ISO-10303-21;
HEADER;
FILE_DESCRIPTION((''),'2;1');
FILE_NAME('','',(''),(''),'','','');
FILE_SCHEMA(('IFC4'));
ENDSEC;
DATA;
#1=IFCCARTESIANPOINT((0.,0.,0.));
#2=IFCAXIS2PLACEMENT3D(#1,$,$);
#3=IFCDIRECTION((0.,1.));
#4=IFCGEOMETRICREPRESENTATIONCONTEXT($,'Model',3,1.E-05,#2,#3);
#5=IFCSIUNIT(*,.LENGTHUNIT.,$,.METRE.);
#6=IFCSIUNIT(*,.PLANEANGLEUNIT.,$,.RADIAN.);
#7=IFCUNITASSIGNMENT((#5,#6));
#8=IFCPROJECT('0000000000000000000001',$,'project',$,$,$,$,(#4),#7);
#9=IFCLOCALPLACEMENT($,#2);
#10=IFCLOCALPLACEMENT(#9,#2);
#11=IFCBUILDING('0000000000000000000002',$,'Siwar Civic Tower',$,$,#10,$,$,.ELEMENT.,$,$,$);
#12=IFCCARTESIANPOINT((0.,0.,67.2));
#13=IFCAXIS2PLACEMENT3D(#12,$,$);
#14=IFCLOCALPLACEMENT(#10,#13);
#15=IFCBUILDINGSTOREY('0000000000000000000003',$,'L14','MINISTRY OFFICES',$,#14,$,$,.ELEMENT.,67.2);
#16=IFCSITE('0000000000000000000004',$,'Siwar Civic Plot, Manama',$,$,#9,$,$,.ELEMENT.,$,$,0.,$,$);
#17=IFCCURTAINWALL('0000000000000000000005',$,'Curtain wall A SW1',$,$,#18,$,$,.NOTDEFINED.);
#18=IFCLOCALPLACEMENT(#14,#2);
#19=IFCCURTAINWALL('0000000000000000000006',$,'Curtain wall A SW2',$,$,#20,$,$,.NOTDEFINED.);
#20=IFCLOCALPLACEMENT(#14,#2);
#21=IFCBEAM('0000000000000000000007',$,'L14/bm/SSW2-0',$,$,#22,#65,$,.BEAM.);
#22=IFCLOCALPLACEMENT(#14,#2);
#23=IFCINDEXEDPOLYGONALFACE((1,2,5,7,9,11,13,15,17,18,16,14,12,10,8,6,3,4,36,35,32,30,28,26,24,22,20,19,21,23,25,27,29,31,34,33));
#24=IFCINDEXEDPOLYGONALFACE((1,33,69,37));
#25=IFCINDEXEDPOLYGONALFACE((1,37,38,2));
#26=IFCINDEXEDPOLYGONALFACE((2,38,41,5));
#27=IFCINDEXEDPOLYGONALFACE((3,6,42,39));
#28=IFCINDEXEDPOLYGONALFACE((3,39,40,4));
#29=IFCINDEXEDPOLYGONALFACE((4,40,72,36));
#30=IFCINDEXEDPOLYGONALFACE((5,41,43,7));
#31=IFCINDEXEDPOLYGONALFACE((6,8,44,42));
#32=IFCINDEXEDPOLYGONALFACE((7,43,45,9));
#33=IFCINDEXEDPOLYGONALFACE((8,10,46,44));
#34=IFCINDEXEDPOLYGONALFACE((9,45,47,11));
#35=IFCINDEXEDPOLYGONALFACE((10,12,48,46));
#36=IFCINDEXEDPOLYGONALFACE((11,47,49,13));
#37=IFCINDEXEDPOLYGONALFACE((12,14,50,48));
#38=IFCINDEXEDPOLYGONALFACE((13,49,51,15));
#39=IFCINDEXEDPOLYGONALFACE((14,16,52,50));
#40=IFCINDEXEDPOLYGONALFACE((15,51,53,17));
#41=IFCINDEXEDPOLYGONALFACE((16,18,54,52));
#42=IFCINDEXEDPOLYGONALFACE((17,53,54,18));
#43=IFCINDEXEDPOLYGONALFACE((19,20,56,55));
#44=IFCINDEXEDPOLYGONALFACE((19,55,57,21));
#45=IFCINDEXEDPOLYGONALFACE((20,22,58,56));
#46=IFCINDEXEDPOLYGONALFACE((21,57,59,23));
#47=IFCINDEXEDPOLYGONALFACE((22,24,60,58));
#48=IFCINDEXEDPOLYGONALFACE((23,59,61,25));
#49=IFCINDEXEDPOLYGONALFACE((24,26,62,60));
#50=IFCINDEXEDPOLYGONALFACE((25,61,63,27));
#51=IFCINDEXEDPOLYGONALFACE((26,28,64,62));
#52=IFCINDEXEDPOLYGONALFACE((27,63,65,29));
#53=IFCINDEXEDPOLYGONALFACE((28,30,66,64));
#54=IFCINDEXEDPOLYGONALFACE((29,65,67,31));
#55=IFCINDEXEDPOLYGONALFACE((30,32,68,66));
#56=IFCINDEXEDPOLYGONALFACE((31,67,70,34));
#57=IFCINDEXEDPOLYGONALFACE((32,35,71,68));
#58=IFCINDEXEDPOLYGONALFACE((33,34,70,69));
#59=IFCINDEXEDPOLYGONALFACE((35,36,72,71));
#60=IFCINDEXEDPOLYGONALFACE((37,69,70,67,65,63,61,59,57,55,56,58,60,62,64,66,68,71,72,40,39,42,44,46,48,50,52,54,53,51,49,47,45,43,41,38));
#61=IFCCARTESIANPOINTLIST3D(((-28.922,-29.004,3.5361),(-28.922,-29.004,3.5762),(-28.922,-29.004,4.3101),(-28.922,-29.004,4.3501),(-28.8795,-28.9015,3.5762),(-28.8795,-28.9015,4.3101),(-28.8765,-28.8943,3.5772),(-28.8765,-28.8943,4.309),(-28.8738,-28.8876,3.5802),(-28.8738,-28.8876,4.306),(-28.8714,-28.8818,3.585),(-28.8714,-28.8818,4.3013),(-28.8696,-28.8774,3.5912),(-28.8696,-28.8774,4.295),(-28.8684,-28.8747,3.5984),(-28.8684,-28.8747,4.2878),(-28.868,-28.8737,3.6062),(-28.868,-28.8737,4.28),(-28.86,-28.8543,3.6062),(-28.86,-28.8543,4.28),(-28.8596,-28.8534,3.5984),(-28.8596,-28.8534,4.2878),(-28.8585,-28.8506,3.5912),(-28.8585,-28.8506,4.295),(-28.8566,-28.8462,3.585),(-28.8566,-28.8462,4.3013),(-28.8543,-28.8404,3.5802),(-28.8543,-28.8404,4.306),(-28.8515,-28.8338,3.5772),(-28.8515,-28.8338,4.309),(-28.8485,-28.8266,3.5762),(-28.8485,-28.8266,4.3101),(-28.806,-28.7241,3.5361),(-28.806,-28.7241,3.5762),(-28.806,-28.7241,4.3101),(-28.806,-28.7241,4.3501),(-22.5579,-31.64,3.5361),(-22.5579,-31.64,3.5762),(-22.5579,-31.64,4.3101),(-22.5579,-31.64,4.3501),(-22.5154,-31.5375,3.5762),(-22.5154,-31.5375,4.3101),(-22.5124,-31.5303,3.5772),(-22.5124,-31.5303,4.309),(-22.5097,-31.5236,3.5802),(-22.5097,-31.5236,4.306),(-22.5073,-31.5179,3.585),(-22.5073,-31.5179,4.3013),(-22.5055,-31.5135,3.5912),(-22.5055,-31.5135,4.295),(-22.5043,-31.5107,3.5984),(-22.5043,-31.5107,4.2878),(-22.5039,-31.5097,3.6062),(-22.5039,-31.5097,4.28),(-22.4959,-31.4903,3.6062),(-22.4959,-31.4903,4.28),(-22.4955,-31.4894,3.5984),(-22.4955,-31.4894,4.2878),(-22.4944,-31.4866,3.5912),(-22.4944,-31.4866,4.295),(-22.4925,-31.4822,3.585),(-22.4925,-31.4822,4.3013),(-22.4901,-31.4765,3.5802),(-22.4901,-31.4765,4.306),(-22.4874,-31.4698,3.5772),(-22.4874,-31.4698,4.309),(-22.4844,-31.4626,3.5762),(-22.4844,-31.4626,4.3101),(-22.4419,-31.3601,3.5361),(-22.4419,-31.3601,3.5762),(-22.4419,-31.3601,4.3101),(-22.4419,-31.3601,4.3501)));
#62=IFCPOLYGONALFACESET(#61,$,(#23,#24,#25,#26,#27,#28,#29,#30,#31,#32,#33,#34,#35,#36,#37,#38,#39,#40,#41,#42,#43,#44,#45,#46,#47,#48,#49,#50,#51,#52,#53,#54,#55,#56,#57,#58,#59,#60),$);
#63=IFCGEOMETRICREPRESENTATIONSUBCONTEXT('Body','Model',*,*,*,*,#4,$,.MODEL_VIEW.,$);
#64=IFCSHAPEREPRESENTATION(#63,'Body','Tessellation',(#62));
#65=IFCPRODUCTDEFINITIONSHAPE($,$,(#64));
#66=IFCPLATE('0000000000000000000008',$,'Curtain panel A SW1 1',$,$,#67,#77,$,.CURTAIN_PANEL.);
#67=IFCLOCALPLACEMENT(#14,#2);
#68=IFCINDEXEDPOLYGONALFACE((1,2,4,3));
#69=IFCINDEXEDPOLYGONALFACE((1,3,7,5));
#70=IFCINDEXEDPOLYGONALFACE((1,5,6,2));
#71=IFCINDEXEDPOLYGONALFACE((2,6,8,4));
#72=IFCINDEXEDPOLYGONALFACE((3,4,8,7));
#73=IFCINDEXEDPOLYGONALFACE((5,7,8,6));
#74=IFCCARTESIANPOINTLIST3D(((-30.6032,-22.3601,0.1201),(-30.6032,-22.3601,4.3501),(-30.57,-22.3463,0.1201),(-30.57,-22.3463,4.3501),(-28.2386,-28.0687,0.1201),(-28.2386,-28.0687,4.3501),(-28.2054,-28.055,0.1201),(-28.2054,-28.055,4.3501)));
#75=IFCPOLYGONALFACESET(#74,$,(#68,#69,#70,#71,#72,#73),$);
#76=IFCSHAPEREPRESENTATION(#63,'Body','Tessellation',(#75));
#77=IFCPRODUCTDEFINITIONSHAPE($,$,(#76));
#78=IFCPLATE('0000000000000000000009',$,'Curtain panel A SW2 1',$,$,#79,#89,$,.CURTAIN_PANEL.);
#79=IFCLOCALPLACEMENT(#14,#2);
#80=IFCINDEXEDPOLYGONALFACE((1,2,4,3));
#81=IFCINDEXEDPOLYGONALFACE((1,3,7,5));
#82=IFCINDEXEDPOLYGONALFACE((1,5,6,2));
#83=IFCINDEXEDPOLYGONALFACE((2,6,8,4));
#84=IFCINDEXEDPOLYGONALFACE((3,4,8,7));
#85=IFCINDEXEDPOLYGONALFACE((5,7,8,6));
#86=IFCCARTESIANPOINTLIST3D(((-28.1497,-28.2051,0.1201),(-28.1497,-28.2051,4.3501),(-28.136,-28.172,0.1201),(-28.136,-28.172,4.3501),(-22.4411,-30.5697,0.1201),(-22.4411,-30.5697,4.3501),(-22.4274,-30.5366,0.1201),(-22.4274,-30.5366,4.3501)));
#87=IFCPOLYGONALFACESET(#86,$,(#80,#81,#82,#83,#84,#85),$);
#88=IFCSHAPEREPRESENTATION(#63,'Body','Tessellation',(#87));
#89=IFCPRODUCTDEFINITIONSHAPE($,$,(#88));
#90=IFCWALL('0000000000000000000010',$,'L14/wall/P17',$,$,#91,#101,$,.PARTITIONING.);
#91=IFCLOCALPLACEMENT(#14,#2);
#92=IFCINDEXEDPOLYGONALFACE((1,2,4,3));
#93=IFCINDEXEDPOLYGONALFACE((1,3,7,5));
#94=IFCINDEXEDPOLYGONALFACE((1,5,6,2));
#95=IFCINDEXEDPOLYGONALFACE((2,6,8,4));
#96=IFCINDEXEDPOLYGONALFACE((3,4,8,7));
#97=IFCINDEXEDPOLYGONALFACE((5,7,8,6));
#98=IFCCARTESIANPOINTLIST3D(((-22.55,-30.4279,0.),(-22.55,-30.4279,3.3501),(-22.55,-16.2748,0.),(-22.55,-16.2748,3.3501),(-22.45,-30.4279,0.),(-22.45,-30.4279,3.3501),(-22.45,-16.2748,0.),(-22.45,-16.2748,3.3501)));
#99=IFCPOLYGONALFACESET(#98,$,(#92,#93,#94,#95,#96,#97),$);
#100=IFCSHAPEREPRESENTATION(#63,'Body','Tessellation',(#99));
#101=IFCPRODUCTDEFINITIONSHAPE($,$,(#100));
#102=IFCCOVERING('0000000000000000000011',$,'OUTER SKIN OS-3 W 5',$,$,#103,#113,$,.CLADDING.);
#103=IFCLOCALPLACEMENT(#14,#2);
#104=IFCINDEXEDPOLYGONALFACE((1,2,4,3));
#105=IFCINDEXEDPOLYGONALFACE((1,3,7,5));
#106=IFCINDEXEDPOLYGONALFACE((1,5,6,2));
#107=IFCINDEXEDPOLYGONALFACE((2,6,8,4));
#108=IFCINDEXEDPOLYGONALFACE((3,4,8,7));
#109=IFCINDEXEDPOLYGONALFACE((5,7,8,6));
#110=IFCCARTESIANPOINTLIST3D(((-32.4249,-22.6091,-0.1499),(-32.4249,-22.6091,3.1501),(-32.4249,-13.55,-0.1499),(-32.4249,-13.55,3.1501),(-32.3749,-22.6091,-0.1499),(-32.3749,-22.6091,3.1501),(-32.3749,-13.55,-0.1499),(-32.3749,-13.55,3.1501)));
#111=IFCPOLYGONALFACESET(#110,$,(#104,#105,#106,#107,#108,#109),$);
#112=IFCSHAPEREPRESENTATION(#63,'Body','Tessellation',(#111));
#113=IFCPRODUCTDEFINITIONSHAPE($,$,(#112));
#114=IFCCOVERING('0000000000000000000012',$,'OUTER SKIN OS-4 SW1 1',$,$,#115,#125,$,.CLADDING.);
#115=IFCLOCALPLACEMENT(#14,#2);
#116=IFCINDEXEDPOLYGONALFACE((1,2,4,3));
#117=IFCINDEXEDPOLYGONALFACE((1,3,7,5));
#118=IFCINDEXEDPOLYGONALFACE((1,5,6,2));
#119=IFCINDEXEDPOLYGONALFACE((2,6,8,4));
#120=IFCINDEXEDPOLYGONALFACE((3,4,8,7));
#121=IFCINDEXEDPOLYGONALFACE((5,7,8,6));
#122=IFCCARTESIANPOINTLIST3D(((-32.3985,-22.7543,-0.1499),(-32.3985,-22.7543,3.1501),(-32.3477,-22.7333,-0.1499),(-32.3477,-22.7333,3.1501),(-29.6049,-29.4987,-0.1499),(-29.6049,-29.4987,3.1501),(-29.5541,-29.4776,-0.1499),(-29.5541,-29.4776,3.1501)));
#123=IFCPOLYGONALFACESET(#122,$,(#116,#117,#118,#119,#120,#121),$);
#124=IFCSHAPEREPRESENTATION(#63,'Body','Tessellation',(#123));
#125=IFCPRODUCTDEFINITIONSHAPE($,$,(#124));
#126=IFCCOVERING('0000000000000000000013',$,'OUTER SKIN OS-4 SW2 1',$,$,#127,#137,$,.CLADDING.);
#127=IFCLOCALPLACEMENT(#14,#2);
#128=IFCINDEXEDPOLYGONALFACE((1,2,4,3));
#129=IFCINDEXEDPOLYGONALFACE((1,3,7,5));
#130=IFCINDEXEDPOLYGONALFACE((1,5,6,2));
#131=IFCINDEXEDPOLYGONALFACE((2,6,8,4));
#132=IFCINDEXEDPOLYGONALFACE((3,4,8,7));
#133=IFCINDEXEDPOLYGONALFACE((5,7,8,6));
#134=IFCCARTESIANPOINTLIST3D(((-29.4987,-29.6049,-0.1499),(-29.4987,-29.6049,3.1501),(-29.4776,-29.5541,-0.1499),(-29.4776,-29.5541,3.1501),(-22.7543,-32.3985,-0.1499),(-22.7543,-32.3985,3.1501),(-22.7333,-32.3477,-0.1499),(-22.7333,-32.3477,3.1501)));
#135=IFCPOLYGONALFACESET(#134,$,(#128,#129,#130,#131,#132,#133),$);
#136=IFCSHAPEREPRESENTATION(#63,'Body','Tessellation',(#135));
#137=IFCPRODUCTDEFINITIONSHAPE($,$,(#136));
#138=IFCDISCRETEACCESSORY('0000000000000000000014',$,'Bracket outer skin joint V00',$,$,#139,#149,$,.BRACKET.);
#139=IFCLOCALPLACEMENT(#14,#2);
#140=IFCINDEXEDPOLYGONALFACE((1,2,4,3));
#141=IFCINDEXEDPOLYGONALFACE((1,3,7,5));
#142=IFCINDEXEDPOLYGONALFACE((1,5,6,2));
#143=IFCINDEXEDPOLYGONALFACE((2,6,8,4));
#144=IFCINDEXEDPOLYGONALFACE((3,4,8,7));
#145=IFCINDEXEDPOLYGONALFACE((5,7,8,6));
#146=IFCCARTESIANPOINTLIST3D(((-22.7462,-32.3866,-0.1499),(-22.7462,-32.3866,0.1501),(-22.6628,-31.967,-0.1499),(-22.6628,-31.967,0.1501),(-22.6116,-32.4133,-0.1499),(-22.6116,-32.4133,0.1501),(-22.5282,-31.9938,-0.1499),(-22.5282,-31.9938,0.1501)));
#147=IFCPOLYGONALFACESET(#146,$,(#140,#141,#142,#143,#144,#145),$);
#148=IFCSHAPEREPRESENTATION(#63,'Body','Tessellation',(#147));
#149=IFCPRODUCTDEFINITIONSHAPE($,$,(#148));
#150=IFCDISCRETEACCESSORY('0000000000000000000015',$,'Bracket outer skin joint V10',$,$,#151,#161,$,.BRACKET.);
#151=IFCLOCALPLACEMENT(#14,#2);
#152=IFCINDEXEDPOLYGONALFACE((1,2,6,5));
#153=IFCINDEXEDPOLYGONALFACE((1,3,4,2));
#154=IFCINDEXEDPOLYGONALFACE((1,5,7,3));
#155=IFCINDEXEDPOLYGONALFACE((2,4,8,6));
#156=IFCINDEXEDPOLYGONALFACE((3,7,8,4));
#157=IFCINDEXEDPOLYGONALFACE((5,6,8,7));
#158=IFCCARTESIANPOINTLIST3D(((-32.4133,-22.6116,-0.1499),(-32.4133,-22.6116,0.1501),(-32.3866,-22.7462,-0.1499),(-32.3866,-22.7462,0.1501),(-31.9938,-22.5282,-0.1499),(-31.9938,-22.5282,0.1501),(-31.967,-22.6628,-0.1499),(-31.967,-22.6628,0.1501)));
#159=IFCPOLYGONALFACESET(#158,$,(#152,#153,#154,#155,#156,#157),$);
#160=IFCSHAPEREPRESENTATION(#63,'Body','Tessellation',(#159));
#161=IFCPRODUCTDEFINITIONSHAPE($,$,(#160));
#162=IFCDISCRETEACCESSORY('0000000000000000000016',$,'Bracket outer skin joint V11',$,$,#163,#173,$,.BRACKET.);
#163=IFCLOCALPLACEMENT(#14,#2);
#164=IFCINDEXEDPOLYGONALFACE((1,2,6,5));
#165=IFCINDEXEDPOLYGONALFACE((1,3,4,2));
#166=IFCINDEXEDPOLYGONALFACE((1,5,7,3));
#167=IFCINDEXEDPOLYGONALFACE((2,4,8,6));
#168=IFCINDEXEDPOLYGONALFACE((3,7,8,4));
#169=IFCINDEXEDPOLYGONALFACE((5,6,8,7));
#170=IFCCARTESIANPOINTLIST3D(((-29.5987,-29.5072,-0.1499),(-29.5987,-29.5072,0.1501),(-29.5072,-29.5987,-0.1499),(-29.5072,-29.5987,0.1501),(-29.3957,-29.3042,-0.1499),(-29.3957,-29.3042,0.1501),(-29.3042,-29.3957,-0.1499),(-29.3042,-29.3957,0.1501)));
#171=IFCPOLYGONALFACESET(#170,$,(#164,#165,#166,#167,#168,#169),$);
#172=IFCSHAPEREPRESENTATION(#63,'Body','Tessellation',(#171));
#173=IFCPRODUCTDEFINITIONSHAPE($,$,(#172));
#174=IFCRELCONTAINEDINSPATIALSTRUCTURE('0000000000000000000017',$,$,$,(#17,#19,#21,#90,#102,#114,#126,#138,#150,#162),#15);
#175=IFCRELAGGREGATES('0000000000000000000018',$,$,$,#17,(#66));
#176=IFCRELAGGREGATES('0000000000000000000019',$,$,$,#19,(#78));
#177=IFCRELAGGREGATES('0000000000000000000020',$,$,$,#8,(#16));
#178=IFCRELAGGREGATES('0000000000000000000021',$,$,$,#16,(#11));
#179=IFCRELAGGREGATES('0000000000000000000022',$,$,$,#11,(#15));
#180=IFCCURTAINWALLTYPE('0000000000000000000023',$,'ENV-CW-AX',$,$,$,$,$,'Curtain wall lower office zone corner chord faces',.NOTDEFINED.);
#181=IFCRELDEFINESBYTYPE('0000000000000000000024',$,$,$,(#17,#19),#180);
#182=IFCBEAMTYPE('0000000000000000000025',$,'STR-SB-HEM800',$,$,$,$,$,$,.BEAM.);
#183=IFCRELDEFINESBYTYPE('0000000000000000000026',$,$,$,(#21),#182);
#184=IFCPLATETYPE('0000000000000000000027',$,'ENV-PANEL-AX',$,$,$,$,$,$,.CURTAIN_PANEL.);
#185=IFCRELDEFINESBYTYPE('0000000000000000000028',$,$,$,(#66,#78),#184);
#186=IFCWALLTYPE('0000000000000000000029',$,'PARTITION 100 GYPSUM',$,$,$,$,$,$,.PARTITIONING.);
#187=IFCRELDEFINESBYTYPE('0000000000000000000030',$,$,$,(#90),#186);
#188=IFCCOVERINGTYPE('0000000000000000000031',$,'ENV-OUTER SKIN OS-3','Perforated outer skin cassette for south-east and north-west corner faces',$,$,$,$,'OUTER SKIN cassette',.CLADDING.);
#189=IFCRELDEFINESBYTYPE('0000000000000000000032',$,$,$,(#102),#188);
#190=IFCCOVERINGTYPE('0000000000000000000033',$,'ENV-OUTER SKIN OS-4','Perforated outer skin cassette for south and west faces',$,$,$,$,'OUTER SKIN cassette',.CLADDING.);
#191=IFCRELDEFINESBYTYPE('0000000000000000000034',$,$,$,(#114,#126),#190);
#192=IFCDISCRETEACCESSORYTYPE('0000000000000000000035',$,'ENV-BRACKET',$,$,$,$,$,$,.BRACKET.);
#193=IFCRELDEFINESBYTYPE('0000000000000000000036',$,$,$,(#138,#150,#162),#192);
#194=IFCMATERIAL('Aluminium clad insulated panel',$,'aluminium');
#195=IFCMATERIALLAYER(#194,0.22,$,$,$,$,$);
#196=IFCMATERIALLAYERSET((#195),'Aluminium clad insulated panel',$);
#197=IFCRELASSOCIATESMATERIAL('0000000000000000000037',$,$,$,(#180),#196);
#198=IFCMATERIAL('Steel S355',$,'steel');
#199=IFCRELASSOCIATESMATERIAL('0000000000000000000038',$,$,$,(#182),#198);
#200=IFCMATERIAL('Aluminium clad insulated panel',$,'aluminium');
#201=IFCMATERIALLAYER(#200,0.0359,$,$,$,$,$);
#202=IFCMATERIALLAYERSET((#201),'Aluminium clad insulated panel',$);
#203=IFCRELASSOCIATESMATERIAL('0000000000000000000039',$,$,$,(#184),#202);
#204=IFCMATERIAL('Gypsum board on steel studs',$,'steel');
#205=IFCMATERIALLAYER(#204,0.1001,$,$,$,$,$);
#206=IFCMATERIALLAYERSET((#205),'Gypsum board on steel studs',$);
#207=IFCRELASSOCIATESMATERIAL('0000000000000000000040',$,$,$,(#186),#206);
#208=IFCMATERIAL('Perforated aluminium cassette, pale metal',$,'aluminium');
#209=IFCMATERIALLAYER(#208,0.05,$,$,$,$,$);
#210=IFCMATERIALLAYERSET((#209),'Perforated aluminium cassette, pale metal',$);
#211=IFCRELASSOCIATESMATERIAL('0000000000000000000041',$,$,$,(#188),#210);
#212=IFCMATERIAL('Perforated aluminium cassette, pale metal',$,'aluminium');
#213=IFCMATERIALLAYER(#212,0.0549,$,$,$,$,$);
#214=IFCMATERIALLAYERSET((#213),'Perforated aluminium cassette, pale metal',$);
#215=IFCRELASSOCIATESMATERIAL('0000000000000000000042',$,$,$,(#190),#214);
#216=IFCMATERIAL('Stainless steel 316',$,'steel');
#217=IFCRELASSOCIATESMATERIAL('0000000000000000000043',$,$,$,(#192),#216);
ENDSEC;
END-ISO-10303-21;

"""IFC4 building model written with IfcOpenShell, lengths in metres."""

from ifc_helpers import new_model, si_unit, direction, frame, frame_2d, origin, origin_2d, place, context, subcontext, project, spatial, rectangle, i_section, extrude, material, layer, layer_set, material_profile, profile_set, type_object, element, aggregate, save


model = new_model("IFC4")

# Units and contexts
model_context = context("Model", 3, precision=1e-05, world=origin(), true_north=direction((0.0, 1.0)))
body_context = subcontext(model_context, "Body", "Model", "MODEL_VIEW")
ifc_project = project(units=[si_unit("LENGTHUNIT", "METRE"), si_unit("PLANEANGLEUNIT", "RADIAN")], contexts=[model_context])

# Site, building, storey
site_placement = place(None, origin())
site = spatial("IfcSite", under=ifc_project, at=site_placement, Name="Siwar Civic Plot, Manama", CompositionType="ELEMENT", RefElevation=0.0)
building_placement = place(site_placement, origin())
building = spatial("IfcBuilding", under=site, at=building_placement, Name="Siwar Civic Tower", CompositionType="ELEMENT")
storey_placement = place(building_placement, frame((0.0, 0.0, 67.2)))
storey = spatial("IfcBuildingStorey", under=building, at=storey_placement, Name="L14", Description="MINISTRY OFFICES", CompositionType="ELEMENT", Elevation=67.2)

# Curtain walls
ifc_material_1 = material(Name="Aluminium clad insulated panel", Category="aluminium")
ifc_layer_1 = layer(ifc_material_1, 0.22)
ifc_layer_set_1 = layer_set([ifc_layer_1], Name="Aluminium clad insulated panel")
curtain_wall_type = type_object("IfcCurtainWallType", Name="ENV-CW-AX", ElementType="Curtain wall lower office zone corner chord faces", PredefinedType="NOTDEFINED", material=ifc_layer_set_1)
curtain_wall_1_placement = place(storey_placement, origin())
curtain_wall_1 = element("IfcCurtainWall", 1, at=curtain_wall_1_placement, inside=storey, type_object=curtain_wall_type, Name="Curtain wall A SW1", PredefinedType="NOTDEFINED")
curtain_wall_2_placement = place(storey_placement, origin())
curtain_wall_2 = element("IfcCurtainWall", 2, at=curtain_wall_2_placement, inside=storey, type_object=curtain_wall_type, Name="Curtain wall A SW2", PredefinedType="NOTDEFINED")

# Beam
ifc_material_2 = material(Name="Steel S355", Category="steel")
ifc_material_profile_1 = material_profile(ifc_material_2, i_section(OverallWidth=0.303, OverallDepth=0.814, WebThickness=0.021, FlangeThickness=0.04, FilletRadius=0.03, at=origin_2d()), Name="HEM800")
ifc_profile_set_1 = profile_set([ifc_material_profile_1], Name="Steel S355")
beam_type_1 = type_object("IfcBeamType", Name="STR-SB-HEM800", PredefinedType="BEAM", material=ifc_profile_set_1)
for number, where, z_axis, x_axis, name in (
    (3, (-28.864, -28.864, 3.9431), (0.923883, -0.382674, 0.0), (0.382674, 0.923883, 0.0), "L14/bm/SSW2-0"),
):
    element("IfcBeam", number, at=place(storey_placement, frame(where, z_axis=z_axis, x_axis=x_axis)), inside=storey, type_object=beam_type_1, Name=name, PredefinedType="BEAM", context=body_context, shape_type="SweptSolid", body=[
        extrude(i_section(OverallWidth=0.303, OverallDepth=0.814, WebThickness=0.021, FlangeThickness=0.04, FilletRadius=0.03, at=origin_2d()), origin(), (0.0, 0.0, 1.0), 6.8884),
    ])

# Plates
ifc_material_3 = material(Name="Aluminium clad insulated panel", Category="aluminium")
ifc_layer_2 = layer(ifc_material_3, 0.0359)
ifc_layer_set_2 = layer_set([ifc_layer_2], Name="Aluminium clad insulated panel")
plate_type = type_object("IfcPlateType", Name="ENV-PANEL-AX", PredefinedType="CURTAIN_PANEL", material=ifc_layer_set_2)
plate_1_placement = place(storey_placement, frame((-29.4043, -25.2075, 0.1201), z_axis=(0.0, 0.0, 1.0), x_axis=(0.382683, -0.92388, 0.0)))
plate_1 = element("IfcPlate", 4, at=plate_1_placement, type_object=plate_type, Name="Curtain panel A SW1 1", PredefinedType="CURTAIN_PANEL", context=body_context, shape_type="SweptSolid", body=[
    extrude(rectangle(XDim=6.179, YDim=0.0359, at=origin_2d()), origin(), (0.0, 0.0, 1.0), 4.23),
])
aggregate(curtain_wall_1, [plate_1])
plate_2_placement = place(storey_placement, frame((-25.2886, -29.3708, 0.1201), z_axis=(0.0, 0.0, 1.0), x_axis=(0.92388, -0.382683, 0.0)))
plate_2 = element("IfcPlate", 5, at=plate_2_placement, type_object=plate_type, Name="Curtain panel A SW2 1", PredefinedType="CURTAIN_PANEL", context=body_context, shape_type="SweptSolid", body=[
    extrude(rectangle(XDim=6.179, YDim=0.0359, at=origin_2d()), origin(), (0.0, 0.0, 1.0), 4.23),
])
aggregate(curtain_wall_2, [plate_2])

# Wall
ifc_material_4 = material(Name="Gypsum board on steel studs", Category="steel")
ifc_layer_3 = layer(ifc_material_4, 0.1001)
ifc_layer_set_3 = layer_set([ifc_layer_3], Name="Gypsum board on steel studs")
wall_type = type_object("IfcWallType", Name="PARTITION 100 GYPSUM", PredefinedType="PARTITIONING", material=ifc_layer_set_3)
wall_placement = place(storey_placement, frame((-22.5, -30.428, 0.0), z_axis=(0.0, 0.0, 1.0), x_axis=(0.0, 1.0, 0.0)))
element("IfcWall", 6, at=wall_placement, inside=storey, type_object=wall_type, Name="L14/wall/P17", PredefinedType="PARTITIONING", context=body_context, shape_type="SweptSolid", body=[
    extrude(rectangle(XDim=14.1531, YDim=0.1001, at=frame_2d((7.0767, 0.0))), origin(), (0.0, 0.0, 1.0), 3.3501),
])

# Coverings
ifc_material_5 = material(Name="Perforated aluminium cassette, pale metal", Category="aluminium")
ifc_layer_4 = layer(ifc_material_5, 0.05)
ifc_layer_set_4 = layer_set([ifc_layer_4], Name="Perforated aluminium cassette, pale metal")
covering_type_1 = type_object("IfcCoveringType", Name="ENV-OUTER SKIN OS-3", Description="Perforated outer skin cassette for south-east and north-west corner faces", ElementType="OUTER SKIN cassette", PredefinedType="CLADDING", material=ifc_layer_set_4)
covering_placement = place(storey_placement, frame((-32.3999, -18.0796, -0.1499), z_axis=(0.0, 0.0, 1.0), x_axis=(0.0, -1.0, 0.0)))
element("IfcCovering", 7, at=covering_placement, inside=storey, type_object=covering_type_1, Name="OUTER SKIN OS-3 W 5", PredefinedType="CLADDING", context=body_context, shape_type="SweptSolid", body=[
    extrude(rectangle(XDim=9.0591, YDim=0.05, at=origin_2d()), origin(), (0.0, 0.0, 1.0), 3.3),
])
ifc_material_6 = material(Name="Perforated aluminium cassette, pale metal", Category="aluminium")
ifc_layer_5 = layer(ifc_material_6, 0.0549)
ifc_layer_set_5 = layer_set([ifc_layer_5], Name="Perforated aluminium cassette, pale metal")
covering_type_2 = type_object("IfcCoveringType", Name="ENV-OUTER SKIN OS-4", Description="Perforated outer skin cassette for south and west faces", ElementType="OUTER SKIN cassette", PredefinedType="CLADDING", material=ifc_layer_set_5)
for number, where, z_axis, x_axis, name in (
    (8, (-30.9763, -26.116, -0.1499), (0.0, 0.0, 1.0), (0.382683, -0.92388, 0.0), "OUTER SKIN OS-4 SW1 1"),
    (9, (-26.116, -30.9763, -0.1499), (0.0, 0.0, 1.0), (0.92388, -0.382683, 0.0), "OUTER SKIN OS-4 SW2 1"),
):
    element("IfcCovering", number, at=place(storey_placement, frame(where, z_axis=z_axis, x_axis=x_axis)), inside=storey, type_object=covering_type_2, Name=name, PredefinedType="CLADDING", context=body_context, shape_type="SweptSolid", body=[
        extrude(rectangle(XDim=7.3, YDim=0.0549, at=origin_2d()), origin(), (0.0, 0.0, 1.0), 3.3),
    ])

# Discrete accessories
ifc_material_7 = material(Name="Stainless steel 316", Category="steel")
discrete_accessory_type = type_object("IfcDiscreteAccessoryType", Name="ENV-BRACKET", PredefinedType="BRACKET", material=ifc_material_7)
for number, where, z_axis, x_axis, name in (
    (10, (-22.6372, -32.1902, -0.1499), (0.0, 0.0, 1.0), (-0.19509, -0.980785, 0.0), "Bracket outer skin joint V00"),
    (11, (-32.1902, -22.6372, -0.1499), (0.0, 0.0, 1.0), (-0.980785, -0.19509, 0.0), "Bracket outer skin joint V10"),
):
    element("IfcDiscreteAccessory", number, at=place(storey_placement, frame(where, z_axis=z_axis, x_axis=x_axis)), inside=storey, type_object=discrete_accessory_type, Name=name, PredefinedType="BRACKET", context=body_context, shape_type="SweptSolid", body=[
        extrude(rectangle(XDim=0.4277, YDim=0.1372, at=origin_2d()), origin(), (0.0, 0.0, 1.0), 0.3),
    ])
discrete_accessory_placement = place(storey_placement, frame((-29.4514, -29.4514, -0.1499), z_axis=(0.0, 0.0, 1.0), x_axis=(-0.707107, -0.707107, 0.0)))
element("IfcDiscreteAccessory", 12, at=discrete_accessory_placement, inside=storey, type_object=discrete_accessory_type, Name="Bracket outer skin joint V11", PredefinedType="BRACKET", context=body_context, shape_type="SweptSolid", body=[
    extrude(rectangle(XDim=0.2871, YDim=0.1294, at=origin_2d()), origin(), (0.0, 0.0, 1.0), 0.3),
])

save(model, "model.ifc")
